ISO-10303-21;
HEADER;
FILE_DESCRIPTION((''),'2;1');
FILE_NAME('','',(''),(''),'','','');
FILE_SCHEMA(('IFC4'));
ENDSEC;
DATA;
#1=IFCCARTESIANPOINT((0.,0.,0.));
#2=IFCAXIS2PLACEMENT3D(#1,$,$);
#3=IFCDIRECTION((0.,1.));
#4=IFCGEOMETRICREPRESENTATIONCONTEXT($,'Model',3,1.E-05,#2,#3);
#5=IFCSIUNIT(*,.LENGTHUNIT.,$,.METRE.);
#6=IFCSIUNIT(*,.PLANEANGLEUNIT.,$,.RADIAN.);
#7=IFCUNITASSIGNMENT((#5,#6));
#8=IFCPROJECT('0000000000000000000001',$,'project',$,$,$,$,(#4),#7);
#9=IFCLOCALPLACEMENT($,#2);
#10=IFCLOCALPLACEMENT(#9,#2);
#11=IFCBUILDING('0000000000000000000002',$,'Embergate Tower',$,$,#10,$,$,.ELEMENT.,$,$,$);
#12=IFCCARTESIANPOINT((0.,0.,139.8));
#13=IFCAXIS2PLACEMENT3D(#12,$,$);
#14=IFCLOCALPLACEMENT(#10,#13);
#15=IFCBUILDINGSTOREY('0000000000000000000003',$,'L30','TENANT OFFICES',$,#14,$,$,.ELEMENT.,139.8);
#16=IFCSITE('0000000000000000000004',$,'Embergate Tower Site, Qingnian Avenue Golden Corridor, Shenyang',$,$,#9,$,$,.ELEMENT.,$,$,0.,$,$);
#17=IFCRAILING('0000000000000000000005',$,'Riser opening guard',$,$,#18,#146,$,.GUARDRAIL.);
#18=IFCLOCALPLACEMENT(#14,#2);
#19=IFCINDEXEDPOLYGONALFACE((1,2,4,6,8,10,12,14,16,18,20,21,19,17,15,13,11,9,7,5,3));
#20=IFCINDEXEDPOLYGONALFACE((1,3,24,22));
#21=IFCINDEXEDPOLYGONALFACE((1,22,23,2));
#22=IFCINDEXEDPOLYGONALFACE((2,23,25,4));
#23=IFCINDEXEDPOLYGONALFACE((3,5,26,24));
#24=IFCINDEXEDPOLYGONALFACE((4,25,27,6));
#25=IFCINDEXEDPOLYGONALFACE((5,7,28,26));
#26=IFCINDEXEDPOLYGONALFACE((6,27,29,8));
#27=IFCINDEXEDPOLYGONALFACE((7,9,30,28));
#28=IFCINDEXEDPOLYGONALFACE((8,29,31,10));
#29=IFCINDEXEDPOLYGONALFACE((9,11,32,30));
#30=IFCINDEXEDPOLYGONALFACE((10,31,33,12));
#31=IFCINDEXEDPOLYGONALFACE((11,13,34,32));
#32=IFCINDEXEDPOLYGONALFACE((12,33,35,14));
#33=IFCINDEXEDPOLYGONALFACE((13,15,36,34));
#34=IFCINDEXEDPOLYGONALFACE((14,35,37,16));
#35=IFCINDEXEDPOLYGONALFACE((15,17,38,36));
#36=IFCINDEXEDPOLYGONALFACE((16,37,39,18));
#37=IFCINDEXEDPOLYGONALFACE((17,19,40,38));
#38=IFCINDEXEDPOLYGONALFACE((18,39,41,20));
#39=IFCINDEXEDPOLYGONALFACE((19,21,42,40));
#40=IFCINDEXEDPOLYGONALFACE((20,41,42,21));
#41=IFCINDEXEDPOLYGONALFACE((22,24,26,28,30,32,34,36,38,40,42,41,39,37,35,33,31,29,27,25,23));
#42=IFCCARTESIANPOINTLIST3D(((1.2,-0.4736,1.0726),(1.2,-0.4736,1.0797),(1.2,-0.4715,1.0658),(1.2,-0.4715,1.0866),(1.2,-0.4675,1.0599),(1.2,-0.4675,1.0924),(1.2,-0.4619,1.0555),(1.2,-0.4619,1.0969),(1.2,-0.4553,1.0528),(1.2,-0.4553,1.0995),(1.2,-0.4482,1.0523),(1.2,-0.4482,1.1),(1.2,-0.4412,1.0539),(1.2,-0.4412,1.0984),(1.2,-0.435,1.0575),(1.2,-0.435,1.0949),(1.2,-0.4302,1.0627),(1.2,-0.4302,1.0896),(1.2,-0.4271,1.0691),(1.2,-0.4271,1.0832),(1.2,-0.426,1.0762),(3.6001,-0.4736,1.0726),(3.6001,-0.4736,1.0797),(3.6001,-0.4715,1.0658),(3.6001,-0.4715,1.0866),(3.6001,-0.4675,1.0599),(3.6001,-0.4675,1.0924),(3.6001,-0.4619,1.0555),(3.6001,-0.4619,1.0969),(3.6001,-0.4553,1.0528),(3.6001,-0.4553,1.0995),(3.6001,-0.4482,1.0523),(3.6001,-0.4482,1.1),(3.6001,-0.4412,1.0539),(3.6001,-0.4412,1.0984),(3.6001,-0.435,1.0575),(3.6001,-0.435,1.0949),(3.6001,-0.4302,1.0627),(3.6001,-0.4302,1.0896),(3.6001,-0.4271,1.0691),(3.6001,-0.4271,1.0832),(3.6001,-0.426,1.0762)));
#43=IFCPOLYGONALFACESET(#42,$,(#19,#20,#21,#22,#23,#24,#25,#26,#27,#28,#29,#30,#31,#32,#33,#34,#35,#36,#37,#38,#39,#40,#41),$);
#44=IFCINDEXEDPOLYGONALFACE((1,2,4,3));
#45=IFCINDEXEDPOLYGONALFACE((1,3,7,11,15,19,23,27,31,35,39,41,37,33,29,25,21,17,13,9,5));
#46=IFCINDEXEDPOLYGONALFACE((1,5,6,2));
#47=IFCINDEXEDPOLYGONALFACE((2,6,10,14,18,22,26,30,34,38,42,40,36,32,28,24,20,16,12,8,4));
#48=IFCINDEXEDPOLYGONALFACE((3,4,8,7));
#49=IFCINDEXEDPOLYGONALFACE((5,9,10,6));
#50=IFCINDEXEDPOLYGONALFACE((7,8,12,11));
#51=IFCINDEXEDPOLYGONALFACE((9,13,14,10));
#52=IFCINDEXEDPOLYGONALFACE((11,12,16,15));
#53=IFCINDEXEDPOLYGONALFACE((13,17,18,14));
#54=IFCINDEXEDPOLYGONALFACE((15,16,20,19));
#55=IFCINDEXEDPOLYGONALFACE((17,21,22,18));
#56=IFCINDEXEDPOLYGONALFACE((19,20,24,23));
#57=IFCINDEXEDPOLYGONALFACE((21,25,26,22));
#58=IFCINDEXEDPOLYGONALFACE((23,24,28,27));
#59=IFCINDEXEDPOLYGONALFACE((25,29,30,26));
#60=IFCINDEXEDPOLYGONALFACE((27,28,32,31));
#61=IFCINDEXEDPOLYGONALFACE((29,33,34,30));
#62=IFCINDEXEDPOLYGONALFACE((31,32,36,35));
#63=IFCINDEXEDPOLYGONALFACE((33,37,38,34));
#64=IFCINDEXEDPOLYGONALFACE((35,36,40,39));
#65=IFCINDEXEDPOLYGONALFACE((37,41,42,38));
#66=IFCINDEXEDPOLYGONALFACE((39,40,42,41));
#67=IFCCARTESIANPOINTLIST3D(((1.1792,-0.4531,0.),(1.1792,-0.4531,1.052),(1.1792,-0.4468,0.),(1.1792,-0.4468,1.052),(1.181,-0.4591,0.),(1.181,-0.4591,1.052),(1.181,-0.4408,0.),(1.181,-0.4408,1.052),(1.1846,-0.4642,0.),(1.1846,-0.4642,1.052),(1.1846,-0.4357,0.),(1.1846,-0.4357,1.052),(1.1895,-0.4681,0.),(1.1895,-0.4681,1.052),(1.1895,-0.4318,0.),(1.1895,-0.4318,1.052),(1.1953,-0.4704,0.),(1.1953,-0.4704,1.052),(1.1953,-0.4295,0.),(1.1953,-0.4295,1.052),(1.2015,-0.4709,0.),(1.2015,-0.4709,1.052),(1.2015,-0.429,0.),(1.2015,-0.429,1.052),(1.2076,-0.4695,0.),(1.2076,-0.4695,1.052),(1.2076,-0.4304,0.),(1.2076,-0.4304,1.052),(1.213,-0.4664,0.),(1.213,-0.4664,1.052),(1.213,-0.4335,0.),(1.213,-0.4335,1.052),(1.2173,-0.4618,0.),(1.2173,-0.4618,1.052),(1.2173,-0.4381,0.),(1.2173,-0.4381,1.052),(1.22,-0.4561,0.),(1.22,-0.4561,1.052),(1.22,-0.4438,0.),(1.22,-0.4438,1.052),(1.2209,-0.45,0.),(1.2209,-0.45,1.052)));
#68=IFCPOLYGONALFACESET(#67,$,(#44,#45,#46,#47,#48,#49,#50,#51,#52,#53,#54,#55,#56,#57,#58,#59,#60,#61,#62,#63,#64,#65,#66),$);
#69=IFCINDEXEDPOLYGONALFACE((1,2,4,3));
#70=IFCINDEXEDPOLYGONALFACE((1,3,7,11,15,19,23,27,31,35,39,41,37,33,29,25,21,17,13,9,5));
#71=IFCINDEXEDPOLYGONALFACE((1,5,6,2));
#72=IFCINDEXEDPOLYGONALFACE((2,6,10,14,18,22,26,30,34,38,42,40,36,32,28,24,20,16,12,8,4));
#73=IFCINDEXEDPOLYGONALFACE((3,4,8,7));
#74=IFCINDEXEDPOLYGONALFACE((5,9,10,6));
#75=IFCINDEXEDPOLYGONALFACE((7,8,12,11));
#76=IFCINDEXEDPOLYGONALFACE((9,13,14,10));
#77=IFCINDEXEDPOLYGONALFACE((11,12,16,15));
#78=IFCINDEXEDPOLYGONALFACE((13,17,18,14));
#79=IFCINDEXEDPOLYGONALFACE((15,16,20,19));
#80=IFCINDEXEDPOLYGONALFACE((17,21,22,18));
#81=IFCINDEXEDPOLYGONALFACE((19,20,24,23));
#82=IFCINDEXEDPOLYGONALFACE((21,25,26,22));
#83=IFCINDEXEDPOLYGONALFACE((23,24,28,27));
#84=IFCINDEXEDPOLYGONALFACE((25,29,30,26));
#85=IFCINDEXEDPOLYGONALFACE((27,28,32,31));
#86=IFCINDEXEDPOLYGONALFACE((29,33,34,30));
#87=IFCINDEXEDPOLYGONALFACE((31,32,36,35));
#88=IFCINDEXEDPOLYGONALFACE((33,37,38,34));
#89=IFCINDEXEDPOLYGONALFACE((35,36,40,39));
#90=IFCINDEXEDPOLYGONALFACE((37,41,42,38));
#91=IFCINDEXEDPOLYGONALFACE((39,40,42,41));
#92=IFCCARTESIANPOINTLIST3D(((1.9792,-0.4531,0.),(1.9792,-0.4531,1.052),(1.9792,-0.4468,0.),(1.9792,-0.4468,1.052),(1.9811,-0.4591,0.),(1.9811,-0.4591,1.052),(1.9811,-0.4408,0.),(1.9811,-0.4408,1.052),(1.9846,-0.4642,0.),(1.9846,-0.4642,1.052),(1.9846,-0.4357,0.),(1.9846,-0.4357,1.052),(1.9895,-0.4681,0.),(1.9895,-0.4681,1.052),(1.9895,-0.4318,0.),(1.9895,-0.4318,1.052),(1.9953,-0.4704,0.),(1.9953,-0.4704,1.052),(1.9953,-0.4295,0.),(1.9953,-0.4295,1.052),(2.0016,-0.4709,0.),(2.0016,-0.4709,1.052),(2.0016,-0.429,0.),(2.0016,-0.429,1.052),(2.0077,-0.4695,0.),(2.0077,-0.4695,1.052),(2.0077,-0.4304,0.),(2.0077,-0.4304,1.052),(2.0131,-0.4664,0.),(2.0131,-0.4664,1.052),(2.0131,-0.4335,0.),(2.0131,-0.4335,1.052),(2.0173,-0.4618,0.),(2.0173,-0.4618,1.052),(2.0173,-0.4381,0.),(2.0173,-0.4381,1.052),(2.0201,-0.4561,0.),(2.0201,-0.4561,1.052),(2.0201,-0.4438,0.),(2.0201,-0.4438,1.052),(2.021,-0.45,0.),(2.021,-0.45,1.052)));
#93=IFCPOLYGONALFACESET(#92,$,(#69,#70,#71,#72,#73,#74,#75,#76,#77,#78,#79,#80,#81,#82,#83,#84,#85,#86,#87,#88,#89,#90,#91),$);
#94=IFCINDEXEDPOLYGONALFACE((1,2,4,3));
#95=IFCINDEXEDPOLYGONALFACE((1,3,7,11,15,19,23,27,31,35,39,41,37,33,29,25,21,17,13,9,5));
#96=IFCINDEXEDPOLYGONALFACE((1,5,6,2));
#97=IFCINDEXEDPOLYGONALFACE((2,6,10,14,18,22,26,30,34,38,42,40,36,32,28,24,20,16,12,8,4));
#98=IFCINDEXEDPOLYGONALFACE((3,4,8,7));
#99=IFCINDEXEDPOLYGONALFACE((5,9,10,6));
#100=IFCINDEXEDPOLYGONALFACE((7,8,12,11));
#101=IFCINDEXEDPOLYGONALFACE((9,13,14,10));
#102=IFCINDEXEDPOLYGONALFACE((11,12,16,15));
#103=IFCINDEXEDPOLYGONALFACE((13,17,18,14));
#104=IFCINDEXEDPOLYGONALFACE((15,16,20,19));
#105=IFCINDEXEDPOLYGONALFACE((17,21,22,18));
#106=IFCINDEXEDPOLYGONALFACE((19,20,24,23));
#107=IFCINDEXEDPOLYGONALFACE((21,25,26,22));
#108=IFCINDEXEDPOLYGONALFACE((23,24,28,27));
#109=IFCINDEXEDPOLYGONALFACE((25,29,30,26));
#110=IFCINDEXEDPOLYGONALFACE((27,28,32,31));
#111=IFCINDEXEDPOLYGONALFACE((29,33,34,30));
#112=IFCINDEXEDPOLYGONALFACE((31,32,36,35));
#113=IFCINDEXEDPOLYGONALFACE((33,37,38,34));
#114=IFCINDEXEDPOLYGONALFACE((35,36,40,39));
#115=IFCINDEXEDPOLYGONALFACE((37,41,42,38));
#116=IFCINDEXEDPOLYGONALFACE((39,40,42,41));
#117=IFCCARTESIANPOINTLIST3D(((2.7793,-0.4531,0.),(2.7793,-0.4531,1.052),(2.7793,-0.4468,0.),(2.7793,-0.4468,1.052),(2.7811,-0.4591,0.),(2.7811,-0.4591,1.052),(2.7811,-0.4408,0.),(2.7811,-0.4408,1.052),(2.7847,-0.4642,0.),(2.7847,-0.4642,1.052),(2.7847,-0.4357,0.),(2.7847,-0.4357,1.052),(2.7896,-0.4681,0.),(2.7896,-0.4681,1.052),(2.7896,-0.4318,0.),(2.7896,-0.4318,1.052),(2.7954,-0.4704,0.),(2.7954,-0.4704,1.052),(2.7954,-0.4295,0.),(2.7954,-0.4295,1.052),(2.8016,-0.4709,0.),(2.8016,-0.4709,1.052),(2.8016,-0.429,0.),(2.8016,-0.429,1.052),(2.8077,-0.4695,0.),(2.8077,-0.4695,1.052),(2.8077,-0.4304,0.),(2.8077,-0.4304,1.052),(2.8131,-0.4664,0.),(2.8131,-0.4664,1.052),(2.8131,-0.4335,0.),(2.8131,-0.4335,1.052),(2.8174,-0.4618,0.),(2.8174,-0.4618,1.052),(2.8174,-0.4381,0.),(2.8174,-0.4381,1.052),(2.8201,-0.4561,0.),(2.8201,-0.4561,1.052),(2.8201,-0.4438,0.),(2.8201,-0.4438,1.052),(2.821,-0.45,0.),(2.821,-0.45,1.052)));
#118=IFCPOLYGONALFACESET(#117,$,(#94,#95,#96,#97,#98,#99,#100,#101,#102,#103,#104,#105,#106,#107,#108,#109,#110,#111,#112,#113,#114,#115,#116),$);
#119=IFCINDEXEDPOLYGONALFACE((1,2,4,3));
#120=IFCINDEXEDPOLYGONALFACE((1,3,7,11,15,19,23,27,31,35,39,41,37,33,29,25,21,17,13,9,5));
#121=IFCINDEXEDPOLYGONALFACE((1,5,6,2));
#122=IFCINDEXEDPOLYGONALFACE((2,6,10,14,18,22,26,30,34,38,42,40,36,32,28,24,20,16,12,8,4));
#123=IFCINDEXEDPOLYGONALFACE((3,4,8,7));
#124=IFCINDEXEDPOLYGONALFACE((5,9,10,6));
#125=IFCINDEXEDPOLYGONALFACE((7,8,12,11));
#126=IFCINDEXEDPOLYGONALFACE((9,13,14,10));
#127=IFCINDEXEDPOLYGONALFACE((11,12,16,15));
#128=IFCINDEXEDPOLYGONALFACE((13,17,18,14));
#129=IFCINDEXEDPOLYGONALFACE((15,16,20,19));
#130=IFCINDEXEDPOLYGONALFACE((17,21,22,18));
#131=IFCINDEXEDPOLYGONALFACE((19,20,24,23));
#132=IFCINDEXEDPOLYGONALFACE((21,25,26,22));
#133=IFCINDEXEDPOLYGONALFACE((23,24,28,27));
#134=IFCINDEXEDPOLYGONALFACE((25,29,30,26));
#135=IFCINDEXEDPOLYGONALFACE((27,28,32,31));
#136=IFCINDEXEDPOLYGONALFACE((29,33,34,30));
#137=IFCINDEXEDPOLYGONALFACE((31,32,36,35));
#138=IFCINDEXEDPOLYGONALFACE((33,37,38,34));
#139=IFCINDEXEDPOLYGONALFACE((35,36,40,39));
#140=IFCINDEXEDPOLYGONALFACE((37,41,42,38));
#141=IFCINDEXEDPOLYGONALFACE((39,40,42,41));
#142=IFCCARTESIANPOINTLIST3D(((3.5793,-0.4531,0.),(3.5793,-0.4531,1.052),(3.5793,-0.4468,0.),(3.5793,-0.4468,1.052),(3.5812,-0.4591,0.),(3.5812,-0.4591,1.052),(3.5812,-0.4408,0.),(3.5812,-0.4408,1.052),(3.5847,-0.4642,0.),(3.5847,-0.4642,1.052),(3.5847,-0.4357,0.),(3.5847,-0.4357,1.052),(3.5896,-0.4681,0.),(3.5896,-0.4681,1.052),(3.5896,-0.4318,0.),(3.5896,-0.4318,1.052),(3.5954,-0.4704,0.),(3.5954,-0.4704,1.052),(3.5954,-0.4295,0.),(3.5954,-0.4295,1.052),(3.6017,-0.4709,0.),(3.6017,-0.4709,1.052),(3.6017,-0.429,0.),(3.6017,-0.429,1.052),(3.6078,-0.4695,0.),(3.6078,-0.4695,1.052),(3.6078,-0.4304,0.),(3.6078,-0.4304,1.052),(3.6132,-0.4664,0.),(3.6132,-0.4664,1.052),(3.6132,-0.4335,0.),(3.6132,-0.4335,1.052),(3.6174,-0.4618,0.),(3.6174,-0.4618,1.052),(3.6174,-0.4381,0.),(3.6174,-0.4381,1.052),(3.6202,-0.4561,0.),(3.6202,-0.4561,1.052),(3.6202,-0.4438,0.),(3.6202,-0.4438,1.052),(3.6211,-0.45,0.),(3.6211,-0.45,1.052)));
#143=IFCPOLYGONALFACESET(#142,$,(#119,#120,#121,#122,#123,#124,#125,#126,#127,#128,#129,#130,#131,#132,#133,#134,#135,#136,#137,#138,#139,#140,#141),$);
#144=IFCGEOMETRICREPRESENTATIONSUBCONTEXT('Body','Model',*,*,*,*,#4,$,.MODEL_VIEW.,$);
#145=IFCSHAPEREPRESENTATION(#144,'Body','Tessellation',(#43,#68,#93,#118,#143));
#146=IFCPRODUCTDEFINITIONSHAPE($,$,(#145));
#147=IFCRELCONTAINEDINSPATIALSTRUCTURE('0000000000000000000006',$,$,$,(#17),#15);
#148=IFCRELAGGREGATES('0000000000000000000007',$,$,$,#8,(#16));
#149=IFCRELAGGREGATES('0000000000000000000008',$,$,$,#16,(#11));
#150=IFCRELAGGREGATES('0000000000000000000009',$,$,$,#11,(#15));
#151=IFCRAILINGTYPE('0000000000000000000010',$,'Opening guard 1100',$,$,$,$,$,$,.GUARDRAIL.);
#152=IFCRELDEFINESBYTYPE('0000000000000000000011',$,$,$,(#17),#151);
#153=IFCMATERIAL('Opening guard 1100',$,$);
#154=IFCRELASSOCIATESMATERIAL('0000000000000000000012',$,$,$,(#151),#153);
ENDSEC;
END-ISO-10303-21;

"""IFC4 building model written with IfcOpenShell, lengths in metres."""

from ifc_helpers import new_model, si_unit, direction, frame, origin, origin_2d, place, context, subcontext, project, spatial, circle, extrude, source, transform, mapped, material, type_object, element, save


model = new_model("IFC4")

# Units and contexts
model_context = context("Model", 3, precision=1e-05, world=origin(), true_north=direction((0.0, 1.0)))
body_context = subcontext(model_context, "Body", "Model", "MODEL_VIEW")
ifc_project = project(units=[si_unit("LENGTHUNIT", "METRE"), si_unit("PLANEANGLEUNIT", "RADIAN")], contexts=[model_context])

# Site, building, storey
site_placement = place(None, origin())
site = spatial("IfcSite", under=ifc_project, at=site_placement, Name="Embergate Tower Site, Qingnian Avenue Golden Corridor, Shenyang", CompositionType="ELEMENT", RefElevation=0.0)
building_placement = place(site_placement, origin())
building = spatial("IfcBuilding", under=site, at=building_placement, Name="Embergate Tower", CompositionType="ELEMENT")
storey_placement = place(building_placement, frame((0.0, 0.0, 139.8)))
storey = spatial("IfcBuildingStorey", under=building, at=storey_placement, Name="L30", Description="TENANT OFFICES", CompositionType="ELEMENT", Elevation=139.8)

# Railing
ifc_material_1 = material(Name="Opening guard 1100")
railing_type_1 = type_object("IfcRailingType", Name="Opening guard 1100", PredefinedType="GUARDRAIL", material=ifc_material_1)
shared_shape_1 = source(origin(), body_context, "Body", "SweptSolid", [
    extrude(circle(Radius=0.0239, at=origin_2d()), frame((0.0, 0.0, 1.0762), z_axis=(1.0, 0.0, 0.0), x_axis=(0.0, 1.0, 0.0)), (0.0, 0.0, 1.0), 2.4001),
    extrude(circle(Radius=0.021, at=origin_2d()), origin(), (0.0, 0.0, 1.0), 1.052),
    extrude(circle(Radius=0.021, at=origin_2d()), frame((0.8, 0.0, 0.0)), (0.0, 0.0, 1.0), 1.052),
    extrude(circle(Radius=0.021, at=origin_2d()), frame((1.6001, 0.0, 0.0)), (0.0, 0.0, 1.0), 1.052),
    extrude(circle(Radius=0.021, at=origin_2d()), frame((2.4001, 0.0, 0.0)), (0.0, 0.0, 1.0), 1.052),
])
railing_1_placement = place(storey_placement, frame((1.2, -0.45, 0.0)))
element("IfcRailing", 1, at=railing_1_placement, inside=storey, type_object=railing_type_1, Name="Riser opening guard", PredefinedType="GUARDRAIL", context=body_context, shape_type="MappedRepresentation", body=[
    mapped(shared_shape_1, transform((0.0, 0.0, 0.0))),
])

save(model, "model.ifc")
